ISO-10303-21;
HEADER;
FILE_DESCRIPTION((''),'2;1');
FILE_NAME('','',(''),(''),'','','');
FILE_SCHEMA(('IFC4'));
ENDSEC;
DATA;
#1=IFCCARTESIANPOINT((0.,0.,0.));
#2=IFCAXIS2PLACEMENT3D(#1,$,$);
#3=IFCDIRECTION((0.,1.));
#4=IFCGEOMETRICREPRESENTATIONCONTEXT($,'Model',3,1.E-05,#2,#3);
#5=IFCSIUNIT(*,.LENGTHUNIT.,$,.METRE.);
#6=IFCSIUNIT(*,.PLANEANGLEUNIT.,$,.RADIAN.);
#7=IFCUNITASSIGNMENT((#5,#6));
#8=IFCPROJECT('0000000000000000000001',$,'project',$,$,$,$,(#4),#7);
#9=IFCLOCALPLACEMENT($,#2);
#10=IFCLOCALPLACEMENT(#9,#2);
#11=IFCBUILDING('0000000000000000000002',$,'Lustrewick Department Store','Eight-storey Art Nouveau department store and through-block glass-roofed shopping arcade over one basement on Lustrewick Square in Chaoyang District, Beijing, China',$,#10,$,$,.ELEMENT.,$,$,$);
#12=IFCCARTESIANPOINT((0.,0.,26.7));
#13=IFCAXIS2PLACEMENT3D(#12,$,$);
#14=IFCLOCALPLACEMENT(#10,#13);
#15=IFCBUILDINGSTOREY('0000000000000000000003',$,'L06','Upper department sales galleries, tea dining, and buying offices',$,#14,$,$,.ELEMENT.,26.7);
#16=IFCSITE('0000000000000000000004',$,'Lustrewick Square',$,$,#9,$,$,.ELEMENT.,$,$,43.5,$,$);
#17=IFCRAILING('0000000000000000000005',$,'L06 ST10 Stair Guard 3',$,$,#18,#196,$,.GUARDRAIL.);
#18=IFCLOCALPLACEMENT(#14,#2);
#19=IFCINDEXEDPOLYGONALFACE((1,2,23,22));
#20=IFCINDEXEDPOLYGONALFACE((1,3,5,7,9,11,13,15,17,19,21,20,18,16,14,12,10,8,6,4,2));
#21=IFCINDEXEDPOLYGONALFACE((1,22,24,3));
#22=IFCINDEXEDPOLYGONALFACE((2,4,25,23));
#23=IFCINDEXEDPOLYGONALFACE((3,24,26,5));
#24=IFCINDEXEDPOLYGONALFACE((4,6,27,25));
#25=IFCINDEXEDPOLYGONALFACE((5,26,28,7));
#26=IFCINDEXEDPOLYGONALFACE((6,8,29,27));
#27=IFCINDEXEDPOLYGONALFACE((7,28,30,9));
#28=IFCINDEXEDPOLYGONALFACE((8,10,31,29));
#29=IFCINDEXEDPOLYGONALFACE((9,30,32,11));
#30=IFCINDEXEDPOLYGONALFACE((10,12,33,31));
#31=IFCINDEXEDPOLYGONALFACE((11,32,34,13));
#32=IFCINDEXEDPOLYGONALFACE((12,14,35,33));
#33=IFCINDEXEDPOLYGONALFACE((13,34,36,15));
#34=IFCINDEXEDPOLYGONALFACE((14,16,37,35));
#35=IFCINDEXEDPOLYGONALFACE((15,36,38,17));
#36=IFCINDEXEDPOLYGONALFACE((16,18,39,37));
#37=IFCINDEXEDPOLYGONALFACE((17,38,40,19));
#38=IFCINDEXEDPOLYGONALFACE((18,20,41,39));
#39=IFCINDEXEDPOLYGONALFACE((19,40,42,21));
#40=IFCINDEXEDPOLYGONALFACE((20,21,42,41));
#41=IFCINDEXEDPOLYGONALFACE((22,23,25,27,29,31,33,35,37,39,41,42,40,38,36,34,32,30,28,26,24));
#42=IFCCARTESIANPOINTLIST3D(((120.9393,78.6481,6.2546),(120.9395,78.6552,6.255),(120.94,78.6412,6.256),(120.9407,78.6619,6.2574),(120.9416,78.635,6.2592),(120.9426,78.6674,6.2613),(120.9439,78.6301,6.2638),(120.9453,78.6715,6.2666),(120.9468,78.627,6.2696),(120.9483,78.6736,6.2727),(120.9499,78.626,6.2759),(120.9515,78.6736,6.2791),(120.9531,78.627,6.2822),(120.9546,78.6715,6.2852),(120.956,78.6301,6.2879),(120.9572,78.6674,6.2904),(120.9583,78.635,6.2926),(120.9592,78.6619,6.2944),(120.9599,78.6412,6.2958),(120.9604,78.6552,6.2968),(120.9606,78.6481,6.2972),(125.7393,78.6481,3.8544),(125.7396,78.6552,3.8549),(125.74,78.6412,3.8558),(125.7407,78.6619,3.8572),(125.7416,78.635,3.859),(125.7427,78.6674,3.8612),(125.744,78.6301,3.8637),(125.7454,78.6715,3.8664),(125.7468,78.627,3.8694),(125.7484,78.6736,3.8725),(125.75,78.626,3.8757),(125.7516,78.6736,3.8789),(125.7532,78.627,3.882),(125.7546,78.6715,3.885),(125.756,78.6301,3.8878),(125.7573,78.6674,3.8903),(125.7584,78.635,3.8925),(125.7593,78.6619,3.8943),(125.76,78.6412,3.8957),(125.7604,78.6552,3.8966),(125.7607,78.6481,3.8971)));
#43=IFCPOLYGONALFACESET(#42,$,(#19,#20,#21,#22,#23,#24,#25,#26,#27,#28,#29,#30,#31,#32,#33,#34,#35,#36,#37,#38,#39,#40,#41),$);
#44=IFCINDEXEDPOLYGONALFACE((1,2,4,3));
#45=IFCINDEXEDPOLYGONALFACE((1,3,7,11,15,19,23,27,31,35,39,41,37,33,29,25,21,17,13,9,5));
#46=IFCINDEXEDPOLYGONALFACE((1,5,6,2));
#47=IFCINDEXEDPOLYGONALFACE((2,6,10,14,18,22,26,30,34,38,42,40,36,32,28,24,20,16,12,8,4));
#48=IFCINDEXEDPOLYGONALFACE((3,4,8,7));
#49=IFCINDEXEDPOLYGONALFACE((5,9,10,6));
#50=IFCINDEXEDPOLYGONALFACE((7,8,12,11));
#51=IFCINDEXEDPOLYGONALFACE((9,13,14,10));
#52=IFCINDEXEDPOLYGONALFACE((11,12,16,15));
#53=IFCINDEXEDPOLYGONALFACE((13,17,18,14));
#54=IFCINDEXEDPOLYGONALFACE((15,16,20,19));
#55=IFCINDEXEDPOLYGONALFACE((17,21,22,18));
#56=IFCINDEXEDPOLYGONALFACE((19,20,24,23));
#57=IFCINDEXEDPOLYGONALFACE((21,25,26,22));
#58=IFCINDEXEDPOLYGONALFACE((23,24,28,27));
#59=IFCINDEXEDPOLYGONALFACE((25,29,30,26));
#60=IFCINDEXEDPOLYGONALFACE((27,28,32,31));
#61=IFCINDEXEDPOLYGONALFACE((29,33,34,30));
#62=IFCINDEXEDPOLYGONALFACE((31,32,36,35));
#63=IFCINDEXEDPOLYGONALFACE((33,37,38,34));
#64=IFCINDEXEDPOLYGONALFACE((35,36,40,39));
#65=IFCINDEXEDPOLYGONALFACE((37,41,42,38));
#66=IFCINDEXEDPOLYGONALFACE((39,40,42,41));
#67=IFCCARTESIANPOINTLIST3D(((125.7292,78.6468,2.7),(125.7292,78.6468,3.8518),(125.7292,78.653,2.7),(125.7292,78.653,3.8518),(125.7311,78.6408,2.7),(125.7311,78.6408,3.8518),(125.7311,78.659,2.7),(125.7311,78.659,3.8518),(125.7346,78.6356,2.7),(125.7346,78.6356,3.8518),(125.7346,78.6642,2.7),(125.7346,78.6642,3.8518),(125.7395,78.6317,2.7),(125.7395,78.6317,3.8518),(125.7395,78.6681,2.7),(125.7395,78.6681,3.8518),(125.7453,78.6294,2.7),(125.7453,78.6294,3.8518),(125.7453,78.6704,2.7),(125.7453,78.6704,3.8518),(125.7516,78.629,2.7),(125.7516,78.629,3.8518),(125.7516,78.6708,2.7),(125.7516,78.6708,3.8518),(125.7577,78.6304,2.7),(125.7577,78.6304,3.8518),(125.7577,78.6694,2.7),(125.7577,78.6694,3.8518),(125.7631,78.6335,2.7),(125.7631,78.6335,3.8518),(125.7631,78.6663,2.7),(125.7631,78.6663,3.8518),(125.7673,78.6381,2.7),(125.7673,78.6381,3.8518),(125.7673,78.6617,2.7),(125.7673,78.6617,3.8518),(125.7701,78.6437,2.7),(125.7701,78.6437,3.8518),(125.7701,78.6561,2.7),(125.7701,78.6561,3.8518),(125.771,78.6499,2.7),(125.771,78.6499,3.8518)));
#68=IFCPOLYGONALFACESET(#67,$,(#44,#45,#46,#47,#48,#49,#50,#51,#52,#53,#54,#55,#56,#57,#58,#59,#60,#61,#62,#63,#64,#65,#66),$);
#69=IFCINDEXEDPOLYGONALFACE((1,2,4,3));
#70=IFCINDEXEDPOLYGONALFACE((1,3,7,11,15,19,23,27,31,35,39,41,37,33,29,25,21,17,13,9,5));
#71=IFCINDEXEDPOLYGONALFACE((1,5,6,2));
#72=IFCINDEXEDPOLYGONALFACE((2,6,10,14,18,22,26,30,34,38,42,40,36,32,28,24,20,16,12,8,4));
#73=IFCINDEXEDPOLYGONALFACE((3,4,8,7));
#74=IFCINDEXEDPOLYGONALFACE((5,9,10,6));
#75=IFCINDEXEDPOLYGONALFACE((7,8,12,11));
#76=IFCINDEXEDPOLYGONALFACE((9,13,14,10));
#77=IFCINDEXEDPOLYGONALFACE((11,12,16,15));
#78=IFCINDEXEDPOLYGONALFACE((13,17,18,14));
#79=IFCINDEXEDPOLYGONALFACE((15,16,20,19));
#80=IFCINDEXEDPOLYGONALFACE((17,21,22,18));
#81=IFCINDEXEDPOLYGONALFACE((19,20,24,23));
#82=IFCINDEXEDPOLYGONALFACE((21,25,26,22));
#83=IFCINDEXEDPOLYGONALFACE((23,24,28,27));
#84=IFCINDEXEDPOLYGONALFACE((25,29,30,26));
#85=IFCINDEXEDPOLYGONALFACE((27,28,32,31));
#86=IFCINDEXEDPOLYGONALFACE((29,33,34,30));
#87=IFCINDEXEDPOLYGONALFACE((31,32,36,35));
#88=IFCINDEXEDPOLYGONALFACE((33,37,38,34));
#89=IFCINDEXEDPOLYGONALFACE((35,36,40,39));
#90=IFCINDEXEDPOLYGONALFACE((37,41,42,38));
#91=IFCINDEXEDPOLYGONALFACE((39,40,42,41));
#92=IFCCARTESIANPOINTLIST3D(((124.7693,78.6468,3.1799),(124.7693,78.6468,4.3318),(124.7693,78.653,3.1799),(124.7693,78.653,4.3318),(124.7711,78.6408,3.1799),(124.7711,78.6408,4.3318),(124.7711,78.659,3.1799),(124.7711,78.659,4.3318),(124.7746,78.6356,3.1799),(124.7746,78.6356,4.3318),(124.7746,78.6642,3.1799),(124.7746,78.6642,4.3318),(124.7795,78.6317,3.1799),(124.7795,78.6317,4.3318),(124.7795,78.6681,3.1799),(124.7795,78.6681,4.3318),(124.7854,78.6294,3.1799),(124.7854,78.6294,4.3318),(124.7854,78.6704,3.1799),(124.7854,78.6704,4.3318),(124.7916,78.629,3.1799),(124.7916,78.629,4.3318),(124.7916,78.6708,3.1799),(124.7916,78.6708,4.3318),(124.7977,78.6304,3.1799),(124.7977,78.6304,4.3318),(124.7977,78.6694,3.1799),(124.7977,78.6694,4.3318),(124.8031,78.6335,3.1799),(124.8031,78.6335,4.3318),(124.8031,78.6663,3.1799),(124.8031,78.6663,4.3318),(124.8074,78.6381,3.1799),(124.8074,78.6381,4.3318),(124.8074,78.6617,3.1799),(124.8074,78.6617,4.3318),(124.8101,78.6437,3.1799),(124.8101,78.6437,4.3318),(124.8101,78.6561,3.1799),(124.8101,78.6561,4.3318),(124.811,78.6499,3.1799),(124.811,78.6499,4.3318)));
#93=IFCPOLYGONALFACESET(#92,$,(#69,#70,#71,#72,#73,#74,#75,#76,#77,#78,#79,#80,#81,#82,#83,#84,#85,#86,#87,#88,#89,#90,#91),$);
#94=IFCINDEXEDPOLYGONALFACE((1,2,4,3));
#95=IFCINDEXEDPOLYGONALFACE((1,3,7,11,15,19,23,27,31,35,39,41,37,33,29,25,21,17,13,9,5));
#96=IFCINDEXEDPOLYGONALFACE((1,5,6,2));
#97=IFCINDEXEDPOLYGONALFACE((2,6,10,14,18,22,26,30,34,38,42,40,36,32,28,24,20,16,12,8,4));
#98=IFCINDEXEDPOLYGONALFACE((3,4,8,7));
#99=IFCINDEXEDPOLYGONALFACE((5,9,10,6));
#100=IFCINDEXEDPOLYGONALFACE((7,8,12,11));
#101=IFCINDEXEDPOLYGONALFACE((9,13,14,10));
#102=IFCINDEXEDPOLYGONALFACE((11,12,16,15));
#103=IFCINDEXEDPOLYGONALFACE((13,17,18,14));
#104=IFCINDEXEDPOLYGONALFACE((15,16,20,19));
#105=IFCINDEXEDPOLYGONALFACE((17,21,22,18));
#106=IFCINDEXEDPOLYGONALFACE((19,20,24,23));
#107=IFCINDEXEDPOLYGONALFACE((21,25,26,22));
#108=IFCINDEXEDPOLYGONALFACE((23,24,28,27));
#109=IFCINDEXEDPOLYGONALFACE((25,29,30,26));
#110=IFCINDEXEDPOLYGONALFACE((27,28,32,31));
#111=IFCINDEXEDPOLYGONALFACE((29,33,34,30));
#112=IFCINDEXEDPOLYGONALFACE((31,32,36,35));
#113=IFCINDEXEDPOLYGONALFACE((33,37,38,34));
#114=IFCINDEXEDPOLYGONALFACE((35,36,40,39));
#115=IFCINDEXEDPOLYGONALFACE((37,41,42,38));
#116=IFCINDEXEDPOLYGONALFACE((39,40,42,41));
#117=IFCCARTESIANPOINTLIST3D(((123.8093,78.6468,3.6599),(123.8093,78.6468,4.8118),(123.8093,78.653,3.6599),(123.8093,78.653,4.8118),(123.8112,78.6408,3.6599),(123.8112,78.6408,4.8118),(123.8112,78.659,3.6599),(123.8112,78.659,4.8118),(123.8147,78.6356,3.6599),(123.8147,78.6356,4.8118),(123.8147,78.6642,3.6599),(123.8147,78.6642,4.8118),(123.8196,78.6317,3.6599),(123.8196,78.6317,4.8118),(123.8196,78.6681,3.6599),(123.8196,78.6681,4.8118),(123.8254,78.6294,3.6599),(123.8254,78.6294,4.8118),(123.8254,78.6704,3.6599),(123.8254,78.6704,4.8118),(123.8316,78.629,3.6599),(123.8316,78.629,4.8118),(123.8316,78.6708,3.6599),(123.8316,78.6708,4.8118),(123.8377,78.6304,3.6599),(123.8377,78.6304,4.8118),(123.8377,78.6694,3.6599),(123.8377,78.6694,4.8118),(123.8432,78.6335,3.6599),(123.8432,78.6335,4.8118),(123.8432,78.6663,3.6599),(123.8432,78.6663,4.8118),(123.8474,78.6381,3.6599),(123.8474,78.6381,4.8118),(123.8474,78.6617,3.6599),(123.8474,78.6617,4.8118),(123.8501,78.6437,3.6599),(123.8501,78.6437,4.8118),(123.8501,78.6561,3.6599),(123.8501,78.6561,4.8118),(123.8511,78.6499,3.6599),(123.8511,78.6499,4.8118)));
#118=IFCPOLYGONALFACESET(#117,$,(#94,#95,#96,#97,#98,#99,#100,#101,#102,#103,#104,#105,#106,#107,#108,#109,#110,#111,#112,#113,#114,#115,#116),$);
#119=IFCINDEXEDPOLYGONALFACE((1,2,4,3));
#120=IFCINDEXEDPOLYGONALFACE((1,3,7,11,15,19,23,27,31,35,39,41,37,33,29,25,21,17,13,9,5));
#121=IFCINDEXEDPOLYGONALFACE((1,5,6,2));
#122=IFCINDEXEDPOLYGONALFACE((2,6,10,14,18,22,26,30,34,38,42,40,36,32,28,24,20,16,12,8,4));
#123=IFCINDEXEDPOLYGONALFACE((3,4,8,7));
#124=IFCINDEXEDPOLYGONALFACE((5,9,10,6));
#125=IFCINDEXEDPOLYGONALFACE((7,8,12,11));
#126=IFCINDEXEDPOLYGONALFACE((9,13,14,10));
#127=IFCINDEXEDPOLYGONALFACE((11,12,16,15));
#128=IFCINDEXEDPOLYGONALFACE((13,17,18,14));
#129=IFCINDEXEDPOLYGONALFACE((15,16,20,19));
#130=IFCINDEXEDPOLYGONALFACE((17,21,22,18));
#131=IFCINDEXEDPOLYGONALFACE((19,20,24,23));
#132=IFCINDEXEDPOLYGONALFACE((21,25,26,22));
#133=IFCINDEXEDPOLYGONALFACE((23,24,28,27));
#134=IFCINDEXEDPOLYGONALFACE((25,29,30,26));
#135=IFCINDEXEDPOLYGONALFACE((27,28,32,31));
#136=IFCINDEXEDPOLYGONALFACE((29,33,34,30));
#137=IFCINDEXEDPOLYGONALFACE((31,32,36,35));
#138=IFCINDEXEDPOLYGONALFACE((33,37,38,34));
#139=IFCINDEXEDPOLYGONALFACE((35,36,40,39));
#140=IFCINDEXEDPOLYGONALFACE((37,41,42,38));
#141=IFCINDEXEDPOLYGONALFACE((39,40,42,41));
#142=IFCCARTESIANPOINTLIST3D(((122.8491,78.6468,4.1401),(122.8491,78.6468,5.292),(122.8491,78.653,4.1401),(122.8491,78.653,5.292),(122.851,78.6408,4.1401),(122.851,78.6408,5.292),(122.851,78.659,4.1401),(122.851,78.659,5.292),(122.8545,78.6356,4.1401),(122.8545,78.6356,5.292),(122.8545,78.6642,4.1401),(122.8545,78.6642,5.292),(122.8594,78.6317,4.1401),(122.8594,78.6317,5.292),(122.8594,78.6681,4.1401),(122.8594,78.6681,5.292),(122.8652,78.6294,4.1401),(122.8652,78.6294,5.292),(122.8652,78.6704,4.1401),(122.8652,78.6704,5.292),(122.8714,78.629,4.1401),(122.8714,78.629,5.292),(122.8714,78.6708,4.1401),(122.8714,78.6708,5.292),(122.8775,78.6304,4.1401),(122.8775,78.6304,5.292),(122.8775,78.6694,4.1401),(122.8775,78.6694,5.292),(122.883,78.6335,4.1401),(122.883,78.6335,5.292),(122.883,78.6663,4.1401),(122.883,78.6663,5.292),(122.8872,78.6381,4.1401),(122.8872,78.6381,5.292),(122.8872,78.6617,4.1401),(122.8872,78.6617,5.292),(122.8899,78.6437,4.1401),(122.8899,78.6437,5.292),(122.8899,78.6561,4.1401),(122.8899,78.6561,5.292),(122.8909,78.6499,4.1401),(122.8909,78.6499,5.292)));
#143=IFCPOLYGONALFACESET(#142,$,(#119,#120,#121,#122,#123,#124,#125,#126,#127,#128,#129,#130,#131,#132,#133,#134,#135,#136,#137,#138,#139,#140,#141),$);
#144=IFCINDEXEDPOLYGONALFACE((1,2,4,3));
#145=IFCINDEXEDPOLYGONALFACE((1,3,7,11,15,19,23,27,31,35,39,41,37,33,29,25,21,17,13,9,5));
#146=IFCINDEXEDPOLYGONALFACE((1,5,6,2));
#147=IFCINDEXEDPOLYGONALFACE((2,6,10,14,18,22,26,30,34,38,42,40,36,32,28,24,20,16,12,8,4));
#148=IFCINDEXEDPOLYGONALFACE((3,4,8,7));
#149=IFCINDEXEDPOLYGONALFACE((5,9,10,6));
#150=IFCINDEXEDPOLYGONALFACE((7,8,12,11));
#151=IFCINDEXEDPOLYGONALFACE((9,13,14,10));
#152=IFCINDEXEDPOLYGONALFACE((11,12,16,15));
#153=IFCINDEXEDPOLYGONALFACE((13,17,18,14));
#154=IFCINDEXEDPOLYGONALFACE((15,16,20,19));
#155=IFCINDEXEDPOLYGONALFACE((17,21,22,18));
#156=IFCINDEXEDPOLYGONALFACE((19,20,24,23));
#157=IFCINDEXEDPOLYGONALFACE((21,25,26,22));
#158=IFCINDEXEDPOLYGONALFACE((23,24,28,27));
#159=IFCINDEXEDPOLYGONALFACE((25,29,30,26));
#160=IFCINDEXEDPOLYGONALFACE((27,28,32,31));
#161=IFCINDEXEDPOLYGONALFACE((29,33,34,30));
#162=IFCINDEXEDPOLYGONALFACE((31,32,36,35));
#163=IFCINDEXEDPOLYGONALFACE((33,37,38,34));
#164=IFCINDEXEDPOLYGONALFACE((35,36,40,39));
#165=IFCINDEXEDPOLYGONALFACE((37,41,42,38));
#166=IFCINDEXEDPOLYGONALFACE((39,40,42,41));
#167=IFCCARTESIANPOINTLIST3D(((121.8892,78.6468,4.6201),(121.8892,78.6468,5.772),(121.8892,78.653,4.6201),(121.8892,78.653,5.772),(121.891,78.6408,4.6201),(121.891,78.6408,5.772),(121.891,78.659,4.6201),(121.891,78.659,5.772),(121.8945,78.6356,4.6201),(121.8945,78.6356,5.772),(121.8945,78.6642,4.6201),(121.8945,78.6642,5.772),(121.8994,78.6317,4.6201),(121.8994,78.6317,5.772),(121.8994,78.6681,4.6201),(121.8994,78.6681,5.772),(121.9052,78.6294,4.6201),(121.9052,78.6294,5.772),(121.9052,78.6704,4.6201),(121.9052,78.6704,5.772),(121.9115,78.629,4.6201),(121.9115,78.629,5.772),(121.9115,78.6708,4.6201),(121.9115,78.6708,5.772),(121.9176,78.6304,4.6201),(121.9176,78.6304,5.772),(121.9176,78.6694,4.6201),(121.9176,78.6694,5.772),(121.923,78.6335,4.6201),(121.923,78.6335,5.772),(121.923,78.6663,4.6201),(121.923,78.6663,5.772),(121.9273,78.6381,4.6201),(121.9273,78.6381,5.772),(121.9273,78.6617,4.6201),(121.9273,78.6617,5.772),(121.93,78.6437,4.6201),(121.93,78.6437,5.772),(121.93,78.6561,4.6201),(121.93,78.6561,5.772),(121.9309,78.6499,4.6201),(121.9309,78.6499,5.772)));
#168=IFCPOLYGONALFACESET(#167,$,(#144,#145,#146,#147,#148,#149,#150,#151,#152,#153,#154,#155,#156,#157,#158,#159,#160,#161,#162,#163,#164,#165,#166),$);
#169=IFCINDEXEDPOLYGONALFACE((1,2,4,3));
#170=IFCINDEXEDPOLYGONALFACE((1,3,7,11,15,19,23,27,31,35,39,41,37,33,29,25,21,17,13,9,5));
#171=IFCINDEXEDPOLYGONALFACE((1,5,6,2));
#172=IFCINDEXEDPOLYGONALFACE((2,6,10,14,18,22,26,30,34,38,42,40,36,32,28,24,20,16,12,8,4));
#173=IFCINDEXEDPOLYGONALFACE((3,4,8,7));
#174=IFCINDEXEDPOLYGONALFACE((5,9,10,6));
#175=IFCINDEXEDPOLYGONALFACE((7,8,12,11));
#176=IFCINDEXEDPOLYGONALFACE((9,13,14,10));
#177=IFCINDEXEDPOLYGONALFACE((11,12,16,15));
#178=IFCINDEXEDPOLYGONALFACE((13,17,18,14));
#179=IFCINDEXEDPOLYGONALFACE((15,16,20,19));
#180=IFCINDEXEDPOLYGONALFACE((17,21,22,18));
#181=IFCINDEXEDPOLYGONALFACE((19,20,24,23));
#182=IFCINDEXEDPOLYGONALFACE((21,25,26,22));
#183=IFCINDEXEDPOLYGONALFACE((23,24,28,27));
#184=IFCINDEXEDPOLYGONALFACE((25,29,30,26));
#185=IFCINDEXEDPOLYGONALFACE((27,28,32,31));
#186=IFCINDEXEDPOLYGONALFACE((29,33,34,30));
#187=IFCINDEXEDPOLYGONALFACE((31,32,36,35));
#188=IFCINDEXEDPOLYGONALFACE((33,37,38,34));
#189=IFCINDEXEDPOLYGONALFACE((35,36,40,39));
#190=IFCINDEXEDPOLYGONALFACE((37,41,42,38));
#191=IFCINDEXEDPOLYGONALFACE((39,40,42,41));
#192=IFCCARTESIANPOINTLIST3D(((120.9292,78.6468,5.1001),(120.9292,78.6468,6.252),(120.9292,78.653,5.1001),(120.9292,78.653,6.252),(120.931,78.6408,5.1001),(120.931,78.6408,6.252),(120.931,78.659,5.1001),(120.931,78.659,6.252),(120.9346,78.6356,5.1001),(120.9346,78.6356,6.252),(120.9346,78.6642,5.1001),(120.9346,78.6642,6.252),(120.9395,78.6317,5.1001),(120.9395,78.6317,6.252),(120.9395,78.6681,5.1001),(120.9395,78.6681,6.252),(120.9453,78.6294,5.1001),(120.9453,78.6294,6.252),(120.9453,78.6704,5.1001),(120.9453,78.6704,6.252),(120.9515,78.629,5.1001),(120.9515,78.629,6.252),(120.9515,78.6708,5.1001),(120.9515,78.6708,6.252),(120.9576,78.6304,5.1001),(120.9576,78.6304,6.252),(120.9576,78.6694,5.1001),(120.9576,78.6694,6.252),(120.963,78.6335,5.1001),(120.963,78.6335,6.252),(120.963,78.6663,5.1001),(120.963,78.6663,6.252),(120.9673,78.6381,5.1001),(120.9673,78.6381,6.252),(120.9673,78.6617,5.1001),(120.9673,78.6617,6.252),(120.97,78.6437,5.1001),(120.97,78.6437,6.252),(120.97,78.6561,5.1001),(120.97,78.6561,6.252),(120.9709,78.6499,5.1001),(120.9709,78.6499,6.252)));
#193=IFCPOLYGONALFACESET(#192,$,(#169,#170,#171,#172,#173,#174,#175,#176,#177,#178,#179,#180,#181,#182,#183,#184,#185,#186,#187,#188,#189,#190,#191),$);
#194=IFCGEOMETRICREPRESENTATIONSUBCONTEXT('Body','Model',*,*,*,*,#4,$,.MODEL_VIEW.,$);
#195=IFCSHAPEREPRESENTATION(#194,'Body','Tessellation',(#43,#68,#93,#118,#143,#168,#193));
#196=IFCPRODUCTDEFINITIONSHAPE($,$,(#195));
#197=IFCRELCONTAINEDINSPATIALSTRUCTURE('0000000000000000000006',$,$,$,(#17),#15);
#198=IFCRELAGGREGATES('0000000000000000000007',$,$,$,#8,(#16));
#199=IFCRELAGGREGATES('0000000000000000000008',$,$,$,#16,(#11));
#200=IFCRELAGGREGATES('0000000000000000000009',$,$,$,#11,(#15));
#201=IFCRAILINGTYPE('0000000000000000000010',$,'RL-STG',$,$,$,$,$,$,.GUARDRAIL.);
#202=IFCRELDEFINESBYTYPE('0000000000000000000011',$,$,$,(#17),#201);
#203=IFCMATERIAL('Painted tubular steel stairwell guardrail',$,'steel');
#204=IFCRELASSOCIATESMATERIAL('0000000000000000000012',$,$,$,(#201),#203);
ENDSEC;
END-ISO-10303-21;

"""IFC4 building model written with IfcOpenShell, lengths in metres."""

from ifc_helpers import new_model, si_unit, direction, frame, origin, origin_2d, place, context, subcontext, project, spatial, circle, extrude, material, type_object, element, save


model = new_model("IFC4")

# Units and contexts
model_context = context("Model", 3, precision=1e-05, world=origin(), true_north=direction((0.0, 1.0)))
body_context = subcontext(model_context, "Body", "Model", "MODEL_VIEW")
ifc_project = project(units=[si_unit("LENGTHUNIT", "METRE"), si_unit("PLANEANGLEUNIT", "RADIAN")], contexts=[model_context])

# Site, building, storey
site_placement = place(None, origin())
site = spatial("IfcSite", under=ifc_project, at=site_placement, Name="Lustrewick Square", CompositionType="ELEMENT", RefElevation=43.5)
building_placement = place(site_placement, origin())
building = spatial("IfcBuilding", under=site, at=building_placement, Name="Lustrewick Department Store", Description="Eight-storey Art Nouveau department store and through-block glass-roofed shopping arcade over one basement on Lustrewick Square in Chaoyang District, Beijing, China", CompositionType="ELEMENT")
storey_placement = place(building_placement, frame((0.0, 0.0, 26.7)))
storey = spatial("IfcBuildingStorey", under=building, at=storey_placement, Name="L06", Description="Upper department sales galleries, tea dining, and buying offices", CompositionType="ELEMENT", Elevation=26.7)

# Railing
ifc_material_1 = material(Name="Painted tubular steel stairwell guardrail", Category="steel")
railing_type_1 = type_object("IfcRailingType", Name="RL-STG", PredefinedType="GUARDRAIL", material=ifc_material_1)
railing_1_placement = place(storey_placement, frame((125.75, 78.6499, 2.7)))
element("IfcRailing", 1, at=railing_1_placement, inside=storey, type_object=railing_type_1, Name="L06 ST10 Stair Guard 3", PredefinedType="GUARDRAIL", context=body_context, shape_type="SweptSolid", body=[
    extrude(circle(Radius=0.0239, at=origin_2d()), frame((0.0, 0.0, 1.1758), z_axis=(-0.894418, 0.0, 0.447232), x_axis=(0.0, -1.0, 0.0)), (0.0, 0.0, 1.0), 5.3667),
    extrude(circle(Radius=0.021, at=origin_2d()), origin(), (0.0, 0.0, 1.0), 1.1519),
    extrude(circle(Radius=0.021, at=origin_2d()), frame((-0.96, 0.0, 0.48)), (0.0, 0.0, 1.0), 1.1519),
    extrude(circle(Radius=0.021, at=origin_2d()), frame((-1.9199, 0.0, 0.96)), (0.0, 0.0, 1.0), 1.1519),
    extrude(circle(Radius=0.021, at=origin_2d()), frame((-2.8801, 0.0, 1.4402)), (0.0, 0.0, 1.0), 1.1519),
    extrude(circle(Radius=0.021, at=origin_2d()), frame((-3.8401, 0.0, 1.9202)), (0.0, 0.0, 1.0), 1.1519),
    extrude(circle(Radius=0.021, at=origin_2d()), frame((-4.8, 0.0, 2.4001)), (0.0, 0.0, 1.0), 1.1519),
])

save(model, "model.ifc")
